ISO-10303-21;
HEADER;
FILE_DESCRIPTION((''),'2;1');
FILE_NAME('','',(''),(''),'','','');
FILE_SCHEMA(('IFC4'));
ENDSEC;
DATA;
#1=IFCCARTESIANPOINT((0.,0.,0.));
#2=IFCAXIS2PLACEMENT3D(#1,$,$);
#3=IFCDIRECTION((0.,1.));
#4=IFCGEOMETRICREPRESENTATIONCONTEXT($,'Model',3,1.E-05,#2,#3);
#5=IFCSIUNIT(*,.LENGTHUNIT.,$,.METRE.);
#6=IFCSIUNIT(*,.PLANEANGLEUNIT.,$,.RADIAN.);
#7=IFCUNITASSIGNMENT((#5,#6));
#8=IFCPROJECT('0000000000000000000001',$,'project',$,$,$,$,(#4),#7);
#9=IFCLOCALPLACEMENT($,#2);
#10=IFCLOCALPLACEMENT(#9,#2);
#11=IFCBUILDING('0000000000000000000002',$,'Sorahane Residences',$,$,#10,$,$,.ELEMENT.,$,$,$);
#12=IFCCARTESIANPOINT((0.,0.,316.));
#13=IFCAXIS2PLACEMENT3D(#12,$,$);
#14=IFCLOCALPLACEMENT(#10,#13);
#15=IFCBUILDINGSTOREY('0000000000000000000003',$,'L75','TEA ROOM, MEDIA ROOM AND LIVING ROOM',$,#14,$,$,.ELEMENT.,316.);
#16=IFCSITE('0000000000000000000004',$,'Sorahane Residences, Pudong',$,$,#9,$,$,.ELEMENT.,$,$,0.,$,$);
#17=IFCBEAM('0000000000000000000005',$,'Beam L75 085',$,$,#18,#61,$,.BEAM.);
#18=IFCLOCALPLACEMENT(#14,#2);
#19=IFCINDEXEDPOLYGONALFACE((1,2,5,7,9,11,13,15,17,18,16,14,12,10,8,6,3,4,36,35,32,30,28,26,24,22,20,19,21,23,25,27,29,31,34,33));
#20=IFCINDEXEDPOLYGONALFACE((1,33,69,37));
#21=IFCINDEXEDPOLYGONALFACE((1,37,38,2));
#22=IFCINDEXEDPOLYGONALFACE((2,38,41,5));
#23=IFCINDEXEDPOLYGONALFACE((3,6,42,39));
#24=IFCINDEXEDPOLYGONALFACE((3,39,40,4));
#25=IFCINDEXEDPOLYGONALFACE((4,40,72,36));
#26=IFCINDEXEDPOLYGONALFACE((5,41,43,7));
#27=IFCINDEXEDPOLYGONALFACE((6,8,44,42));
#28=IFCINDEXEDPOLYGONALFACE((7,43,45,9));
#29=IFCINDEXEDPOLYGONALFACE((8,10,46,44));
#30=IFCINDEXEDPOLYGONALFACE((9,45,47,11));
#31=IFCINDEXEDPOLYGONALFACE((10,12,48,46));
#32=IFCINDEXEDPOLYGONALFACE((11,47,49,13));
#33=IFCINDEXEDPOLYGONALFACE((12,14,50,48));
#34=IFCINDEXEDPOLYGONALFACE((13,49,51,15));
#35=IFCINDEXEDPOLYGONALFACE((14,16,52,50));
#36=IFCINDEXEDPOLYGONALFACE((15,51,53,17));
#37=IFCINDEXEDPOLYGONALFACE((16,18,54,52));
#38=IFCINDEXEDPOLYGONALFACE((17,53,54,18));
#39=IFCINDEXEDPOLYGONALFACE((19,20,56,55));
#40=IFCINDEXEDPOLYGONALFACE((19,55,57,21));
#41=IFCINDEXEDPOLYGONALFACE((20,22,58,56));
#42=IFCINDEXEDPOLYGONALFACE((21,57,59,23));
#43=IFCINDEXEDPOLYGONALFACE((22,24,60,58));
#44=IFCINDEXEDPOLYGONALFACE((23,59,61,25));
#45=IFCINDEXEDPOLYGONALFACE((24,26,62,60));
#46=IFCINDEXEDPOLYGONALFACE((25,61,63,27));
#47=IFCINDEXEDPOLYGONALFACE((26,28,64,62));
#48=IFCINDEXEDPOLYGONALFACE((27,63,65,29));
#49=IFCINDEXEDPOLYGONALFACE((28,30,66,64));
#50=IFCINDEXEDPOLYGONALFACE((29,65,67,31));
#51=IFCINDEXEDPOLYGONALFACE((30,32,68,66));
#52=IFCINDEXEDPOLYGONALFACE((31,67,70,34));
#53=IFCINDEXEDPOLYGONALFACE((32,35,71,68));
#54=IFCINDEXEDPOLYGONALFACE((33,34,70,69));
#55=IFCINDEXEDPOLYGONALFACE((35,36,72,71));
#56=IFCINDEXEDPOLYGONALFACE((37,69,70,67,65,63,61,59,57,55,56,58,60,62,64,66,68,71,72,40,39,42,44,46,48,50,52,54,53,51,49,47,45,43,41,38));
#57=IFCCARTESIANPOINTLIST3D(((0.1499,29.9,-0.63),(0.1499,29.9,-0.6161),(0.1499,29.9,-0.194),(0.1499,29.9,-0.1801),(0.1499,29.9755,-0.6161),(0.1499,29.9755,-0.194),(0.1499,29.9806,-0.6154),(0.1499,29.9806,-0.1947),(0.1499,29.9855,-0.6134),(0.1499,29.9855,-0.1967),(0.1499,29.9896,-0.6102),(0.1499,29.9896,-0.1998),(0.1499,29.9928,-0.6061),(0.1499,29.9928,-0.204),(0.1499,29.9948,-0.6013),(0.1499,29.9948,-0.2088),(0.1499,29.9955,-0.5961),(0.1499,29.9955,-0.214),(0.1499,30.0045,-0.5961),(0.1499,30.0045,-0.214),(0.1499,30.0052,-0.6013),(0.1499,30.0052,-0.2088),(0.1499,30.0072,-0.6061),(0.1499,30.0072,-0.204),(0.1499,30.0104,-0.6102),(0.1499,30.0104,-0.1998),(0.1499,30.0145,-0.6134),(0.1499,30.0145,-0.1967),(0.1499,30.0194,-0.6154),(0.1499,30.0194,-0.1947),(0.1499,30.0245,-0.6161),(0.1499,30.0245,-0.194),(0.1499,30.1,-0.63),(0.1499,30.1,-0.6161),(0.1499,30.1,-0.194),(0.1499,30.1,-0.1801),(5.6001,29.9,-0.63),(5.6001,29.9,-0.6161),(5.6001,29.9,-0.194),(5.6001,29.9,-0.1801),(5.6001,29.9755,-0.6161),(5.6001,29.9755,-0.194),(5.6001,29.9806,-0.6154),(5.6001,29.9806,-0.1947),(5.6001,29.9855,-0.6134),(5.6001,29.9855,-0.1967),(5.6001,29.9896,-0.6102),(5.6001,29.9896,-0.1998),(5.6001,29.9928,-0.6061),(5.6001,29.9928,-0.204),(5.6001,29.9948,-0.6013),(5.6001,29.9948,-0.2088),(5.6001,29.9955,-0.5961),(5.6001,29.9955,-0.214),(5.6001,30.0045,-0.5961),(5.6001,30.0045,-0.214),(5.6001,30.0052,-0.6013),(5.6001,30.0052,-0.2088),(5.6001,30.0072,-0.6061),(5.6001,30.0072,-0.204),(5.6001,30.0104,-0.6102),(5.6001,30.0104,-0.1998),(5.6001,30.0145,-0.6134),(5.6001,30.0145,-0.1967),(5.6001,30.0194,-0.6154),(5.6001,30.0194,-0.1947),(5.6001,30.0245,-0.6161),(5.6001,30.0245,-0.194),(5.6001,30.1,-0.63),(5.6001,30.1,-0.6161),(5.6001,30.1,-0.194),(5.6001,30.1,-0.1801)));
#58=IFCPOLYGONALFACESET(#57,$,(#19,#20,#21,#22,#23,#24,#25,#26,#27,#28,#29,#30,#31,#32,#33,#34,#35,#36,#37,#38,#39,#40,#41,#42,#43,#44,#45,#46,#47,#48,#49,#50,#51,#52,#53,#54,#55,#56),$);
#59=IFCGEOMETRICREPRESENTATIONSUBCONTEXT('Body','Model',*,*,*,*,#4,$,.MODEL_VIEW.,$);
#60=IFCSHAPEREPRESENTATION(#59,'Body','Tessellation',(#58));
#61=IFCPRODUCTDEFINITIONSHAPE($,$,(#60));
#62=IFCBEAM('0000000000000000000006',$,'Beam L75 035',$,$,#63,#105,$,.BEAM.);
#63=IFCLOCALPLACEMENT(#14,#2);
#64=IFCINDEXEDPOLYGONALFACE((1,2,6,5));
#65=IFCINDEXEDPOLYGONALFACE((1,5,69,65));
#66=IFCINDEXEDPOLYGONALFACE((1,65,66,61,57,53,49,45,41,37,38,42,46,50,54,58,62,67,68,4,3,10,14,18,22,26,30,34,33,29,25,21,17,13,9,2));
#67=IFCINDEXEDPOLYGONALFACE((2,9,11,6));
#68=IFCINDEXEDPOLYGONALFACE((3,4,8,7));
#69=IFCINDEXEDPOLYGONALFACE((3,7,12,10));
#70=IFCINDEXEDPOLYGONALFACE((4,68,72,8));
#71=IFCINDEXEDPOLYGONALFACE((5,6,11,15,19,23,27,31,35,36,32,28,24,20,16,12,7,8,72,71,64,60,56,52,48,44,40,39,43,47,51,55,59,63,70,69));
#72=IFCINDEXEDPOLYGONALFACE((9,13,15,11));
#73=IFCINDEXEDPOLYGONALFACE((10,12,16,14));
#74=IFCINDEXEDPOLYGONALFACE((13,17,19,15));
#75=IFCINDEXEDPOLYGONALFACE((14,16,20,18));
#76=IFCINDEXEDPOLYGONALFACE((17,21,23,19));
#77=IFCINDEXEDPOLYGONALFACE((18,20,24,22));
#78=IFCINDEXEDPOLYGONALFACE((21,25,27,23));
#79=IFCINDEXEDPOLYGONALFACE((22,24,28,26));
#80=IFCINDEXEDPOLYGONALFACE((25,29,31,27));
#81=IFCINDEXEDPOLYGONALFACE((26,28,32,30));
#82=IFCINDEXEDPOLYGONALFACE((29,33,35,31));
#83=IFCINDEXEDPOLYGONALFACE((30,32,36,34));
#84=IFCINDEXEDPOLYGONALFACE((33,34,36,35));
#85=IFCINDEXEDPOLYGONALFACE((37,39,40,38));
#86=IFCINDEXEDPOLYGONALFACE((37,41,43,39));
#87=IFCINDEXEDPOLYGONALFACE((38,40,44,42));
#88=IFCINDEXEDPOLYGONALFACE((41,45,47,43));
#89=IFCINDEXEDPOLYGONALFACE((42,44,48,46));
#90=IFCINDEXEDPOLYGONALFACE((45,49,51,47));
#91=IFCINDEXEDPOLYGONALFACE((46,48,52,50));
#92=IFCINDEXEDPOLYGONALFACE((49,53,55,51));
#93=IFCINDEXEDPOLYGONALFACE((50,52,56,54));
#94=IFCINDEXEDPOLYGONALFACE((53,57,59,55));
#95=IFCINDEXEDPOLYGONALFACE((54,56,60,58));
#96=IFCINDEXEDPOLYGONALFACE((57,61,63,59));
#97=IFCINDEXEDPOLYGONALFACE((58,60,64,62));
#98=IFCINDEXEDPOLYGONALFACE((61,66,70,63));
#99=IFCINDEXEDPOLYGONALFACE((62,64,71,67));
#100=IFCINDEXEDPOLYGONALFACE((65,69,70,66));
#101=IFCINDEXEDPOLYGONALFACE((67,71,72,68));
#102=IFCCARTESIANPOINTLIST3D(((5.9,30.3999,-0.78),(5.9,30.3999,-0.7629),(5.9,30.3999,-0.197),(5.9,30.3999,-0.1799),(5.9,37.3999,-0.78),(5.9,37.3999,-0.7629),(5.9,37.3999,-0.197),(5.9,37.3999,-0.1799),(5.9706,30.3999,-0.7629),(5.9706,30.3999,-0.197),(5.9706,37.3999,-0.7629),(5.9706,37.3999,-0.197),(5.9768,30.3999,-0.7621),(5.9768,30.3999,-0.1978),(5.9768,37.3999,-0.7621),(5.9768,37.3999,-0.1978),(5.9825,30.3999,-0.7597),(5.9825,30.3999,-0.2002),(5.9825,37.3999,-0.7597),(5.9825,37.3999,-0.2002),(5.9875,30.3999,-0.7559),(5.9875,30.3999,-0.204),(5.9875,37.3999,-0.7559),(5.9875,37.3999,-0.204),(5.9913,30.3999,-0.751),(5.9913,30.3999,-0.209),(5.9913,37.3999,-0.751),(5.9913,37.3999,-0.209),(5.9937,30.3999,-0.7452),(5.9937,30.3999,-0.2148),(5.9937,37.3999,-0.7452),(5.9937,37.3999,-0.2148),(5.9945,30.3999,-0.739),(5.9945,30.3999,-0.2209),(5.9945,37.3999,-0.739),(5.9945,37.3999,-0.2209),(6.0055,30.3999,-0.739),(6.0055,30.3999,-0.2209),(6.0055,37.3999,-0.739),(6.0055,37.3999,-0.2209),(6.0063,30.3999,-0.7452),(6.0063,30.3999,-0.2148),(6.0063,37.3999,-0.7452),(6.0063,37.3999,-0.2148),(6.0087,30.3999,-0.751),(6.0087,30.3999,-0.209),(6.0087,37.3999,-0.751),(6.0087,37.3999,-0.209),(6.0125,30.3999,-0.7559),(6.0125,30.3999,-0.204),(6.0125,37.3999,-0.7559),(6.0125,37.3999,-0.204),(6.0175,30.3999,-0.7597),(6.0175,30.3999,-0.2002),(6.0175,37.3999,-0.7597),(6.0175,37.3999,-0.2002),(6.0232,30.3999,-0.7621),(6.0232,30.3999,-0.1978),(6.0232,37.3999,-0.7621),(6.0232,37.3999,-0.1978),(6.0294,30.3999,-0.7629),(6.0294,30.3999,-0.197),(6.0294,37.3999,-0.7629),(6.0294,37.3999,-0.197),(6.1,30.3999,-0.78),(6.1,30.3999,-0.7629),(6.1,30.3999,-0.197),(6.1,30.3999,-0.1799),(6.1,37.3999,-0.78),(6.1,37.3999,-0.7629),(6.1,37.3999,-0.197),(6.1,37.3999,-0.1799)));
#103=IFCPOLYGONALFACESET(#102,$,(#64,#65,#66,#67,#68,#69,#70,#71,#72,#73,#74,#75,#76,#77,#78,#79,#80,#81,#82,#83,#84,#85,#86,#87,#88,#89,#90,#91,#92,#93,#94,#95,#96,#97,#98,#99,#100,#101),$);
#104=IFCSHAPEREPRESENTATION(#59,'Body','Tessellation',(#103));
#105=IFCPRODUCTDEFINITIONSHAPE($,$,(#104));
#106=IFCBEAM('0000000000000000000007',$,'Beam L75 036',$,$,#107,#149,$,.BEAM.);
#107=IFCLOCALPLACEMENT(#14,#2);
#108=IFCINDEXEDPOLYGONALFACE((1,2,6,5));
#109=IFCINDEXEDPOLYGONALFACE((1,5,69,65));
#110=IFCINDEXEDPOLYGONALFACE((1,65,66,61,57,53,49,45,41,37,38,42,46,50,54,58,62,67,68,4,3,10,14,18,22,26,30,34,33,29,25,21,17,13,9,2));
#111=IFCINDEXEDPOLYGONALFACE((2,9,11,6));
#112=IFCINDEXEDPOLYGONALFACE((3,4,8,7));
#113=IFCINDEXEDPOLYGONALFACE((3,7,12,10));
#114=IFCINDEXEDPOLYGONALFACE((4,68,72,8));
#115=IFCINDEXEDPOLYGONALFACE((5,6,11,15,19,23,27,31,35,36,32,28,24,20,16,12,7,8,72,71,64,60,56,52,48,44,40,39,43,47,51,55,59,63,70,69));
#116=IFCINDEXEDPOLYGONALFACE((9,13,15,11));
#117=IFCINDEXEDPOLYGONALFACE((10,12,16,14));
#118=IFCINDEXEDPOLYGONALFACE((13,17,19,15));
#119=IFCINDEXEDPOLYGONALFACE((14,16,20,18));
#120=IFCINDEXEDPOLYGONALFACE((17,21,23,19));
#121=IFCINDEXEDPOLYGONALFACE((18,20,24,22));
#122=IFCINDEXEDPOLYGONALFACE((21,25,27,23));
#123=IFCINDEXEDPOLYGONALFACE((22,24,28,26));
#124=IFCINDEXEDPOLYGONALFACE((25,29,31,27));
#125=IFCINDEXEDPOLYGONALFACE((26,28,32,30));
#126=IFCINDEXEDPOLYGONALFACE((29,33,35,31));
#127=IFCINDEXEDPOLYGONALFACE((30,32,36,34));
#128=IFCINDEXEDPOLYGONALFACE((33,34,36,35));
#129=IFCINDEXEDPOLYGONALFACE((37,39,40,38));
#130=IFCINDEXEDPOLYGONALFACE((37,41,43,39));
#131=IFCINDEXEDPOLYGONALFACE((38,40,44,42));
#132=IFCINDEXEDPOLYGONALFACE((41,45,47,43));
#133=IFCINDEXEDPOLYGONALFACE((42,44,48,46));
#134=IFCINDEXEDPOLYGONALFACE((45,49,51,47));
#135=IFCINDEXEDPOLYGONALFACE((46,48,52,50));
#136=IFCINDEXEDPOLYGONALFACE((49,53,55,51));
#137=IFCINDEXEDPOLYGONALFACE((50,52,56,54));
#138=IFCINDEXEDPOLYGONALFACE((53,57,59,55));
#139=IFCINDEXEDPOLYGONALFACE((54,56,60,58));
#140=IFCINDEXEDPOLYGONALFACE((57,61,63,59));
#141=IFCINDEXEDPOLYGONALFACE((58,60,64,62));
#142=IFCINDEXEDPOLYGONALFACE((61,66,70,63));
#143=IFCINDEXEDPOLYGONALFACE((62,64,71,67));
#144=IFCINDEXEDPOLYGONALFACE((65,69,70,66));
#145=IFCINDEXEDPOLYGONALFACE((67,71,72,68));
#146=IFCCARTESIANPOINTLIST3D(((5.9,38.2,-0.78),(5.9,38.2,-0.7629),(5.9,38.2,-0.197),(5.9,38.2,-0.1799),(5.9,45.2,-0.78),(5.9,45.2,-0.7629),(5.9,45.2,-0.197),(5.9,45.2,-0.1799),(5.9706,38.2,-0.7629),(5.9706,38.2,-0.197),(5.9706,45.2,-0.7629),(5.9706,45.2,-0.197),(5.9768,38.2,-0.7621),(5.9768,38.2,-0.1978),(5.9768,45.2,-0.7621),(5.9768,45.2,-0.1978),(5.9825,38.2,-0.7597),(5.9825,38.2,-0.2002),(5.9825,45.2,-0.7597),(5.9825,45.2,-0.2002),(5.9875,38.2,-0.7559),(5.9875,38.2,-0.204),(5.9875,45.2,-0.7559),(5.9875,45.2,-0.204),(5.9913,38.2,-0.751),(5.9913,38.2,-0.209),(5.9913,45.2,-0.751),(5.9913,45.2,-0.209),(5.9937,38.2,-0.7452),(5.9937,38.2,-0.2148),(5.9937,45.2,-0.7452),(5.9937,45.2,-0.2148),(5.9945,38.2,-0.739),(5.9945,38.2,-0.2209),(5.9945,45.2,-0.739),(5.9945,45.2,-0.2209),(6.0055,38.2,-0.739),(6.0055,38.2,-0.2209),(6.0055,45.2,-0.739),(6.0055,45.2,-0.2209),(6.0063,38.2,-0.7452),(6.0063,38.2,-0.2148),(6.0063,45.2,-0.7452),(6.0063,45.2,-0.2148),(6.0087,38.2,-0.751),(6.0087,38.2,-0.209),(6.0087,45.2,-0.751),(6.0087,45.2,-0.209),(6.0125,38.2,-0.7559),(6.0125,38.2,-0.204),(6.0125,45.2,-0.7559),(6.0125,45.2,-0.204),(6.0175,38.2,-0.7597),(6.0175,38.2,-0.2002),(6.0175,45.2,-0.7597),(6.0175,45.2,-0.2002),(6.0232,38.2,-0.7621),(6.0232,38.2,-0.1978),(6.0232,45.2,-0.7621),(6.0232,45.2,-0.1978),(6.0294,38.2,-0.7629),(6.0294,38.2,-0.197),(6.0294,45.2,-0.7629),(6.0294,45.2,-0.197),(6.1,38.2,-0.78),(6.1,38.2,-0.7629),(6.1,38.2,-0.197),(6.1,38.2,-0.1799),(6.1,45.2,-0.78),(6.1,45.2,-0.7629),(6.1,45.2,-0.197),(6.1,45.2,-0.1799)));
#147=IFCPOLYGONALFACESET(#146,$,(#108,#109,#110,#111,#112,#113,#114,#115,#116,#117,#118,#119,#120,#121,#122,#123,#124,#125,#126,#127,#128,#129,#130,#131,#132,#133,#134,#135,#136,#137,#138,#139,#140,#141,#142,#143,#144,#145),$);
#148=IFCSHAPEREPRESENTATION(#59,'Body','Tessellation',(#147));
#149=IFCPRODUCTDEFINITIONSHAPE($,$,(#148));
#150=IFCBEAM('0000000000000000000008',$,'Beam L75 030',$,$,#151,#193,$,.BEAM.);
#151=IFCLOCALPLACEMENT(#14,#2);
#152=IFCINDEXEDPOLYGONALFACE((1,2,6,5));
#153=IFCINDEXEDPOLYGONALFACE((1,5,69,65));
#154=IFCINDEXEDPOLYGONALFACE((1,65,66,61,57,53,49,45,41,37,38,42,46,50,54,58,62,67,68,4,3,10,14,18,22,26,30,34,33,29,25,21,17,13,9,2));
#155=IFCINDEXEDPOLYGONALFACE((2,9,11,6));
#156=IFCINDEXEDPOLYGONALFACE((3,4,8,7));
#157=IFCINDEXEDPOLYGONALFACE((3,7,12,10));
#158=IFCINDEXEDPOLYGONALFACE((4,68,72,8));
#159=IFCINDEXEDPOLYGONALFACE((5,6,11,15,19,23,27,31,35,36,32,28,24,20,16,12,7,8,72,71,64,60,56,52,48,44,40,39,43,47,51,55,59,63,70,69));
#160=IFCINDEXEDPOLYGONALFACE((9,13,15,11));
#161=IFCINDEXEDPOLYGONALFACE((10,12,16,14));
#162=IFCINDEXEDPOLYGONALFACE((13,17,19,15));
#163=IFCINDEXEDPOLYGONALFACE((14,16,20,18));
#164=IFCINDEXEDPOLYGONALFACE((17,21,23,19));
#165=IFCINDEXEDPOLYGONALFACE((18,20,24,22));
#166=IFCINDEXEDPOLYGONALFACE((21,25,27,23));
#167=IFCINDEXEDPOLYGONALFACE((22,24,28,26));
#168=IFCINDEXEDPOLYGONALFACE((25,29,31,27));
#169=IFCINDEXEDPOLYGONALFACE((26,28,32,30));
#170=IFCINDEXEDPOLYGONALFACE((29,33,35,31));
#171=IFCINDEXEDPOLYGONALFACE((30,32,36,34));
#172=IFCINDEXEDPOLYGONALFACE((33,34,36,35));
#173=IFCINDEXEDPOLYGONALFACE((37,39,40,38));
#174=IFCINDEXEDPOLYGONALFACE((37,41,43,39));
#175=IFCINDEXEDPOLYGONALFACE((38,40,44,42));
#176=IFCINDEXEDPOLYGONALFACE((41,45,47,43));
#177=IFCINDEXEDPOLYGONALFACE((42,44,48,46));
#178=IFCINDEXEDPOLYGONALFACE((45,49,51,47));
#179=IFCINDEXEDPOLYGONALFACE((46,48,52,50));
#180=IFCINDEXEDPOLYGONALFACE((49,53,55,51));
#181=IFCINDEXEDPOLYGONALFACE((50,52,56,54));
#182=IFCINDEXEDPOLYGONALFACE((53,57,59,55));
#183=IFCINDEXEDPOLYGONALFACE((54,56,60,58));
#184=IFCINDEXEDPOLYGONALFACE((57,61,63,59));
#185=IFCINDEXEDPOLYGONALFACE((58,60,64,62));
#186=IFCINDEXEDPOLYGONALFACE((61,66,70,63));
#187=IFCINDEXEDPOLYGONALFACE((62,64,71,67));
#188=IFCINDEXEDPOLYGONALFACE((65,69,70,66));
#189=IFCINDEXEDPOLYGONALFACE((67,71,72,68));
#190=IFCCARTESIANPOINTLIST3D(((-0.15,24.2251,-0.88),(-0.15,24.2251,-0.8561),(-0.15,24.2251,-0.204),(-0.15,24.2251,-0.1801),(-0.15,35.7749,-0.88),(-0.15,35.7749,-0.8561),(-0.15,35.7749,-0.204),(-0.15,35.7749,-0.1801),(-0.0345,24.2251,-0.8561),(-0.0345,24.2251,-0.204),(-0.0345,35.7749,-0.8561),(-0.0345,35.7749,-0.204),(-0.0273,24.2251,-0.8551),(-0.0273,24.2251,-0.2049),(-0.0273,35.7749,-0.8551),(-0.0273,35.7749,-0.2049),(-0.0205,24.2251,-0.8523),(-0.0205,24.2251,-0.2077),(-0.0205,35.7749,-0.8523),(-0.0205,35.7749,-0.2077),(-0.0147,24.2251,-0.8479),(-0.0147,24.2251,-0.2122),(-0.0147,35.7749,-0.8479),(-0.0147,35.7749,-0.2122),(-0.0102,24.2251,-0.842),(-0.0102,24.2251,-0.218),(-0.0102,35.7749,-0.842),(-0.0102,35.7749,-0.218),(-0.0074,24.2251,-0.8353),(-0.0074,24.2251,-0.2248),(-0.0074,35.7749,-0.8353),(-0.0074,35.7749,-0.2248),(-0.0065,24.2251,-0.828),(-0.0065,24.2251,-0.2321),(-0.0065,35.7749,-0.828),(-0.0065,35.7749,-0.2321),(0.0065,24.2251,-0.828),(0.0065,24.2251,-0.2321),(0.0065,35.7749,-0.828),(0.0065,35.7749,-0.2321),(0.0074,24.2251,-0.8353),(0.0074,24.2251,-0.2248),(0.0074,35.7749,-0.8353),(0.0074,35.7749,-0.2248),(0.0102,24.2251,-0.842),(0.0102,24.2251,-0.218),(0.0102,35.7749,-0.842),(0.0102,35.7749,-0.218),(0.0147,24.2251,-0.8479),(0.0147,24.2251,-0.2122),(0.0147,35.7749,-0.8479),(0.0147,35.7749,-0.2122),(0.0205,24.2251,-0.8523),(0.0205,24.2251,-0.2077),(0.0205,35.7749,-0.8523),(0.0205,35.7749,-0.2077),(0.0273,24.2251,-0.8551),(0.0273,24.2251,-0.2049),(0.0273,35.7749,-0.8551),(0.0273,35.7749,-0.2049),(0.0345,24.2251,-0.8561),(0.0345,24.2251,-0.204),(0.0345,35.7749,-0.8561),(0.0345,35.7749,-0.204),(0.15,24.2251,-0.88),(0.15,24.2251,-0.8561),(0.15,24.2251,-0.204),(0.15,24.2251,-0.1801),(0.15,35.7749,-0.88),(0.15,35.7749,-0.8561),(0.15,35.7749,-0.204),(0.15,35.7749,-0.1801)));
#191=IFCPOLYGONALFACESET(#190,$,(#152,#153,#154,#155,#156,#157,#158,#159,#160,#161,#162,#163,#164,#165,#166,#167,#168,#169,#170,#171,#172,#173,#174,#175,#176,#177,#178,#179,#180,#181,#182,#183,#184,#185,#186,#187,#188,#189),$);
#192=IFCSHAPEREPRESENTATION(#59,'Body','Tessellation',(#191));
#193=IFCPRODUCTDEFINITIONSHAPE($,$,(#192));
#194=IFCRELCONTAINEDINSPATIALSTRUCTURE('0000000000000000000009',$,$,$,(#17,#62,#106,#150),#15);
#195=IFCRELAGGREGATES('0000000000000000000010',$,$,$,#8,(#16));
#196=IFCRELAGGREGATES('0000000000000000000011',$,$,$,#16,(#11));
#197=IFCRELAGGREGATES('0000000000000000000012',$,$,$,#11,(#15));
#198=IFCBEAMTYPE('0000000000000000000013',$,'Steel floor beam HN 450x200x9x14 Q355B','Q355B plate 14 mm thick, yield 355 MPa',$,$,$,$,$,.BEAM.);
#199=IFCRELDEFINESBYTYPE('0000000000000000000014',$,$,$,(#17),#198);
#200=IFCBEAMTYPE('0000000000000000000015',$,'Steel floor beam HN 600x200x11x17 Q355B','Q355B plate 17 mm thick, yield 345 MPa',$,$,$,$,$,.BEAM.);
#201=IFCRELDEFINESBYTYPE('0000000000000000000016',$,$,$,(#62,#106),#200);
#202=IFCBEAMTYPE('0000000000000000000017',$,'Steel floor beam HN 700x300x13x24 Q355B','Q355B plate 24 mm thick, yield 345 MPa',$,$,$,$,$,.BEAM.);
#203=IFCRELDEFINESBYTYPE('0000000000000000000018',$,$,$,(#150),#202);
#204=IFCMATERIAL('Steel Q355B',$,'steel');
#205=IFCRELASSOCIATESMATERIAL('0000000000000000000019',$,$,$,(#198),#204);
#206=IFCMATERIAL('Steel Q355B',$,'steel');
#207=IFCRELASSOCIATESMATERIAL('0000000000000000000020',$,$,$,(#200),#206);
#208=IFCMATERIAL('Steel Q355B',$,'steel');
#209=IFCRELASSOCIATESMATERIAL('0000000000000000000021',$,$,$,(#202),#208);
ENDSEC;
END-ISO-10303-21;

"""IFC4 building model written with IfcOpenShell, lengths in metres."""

from ifc_helpers import new_model, si_unit, direction, frame, origin, origin_2d, place, context, subcontext, project, spatial, i_section, extrude, material, material_profile, profile_set, type_object, element, save


model = new_model("IFC4")

# Units and contexts
model_context = context("Model", 3, precision=1e-05, world=origin(), true_north=direction((0.0, 1.0)))
body_context = subcontext(model_context, "Body", "Model", "MODEL_VIEW")
ifc_project = project(units=[si_unit("LENGTHUNIT", "METRE"), si_unit("PLANEANGLEUNIT", "RADIAN")], contexts=[model_context])

# Site, building, storey
site_placement = place(None, origin())
site = spatial("IfcSite", under=ifc_project, at=site_placement, Name="Sorahane Residences, Pudong", CompositionType="ELEMENT", RefElevation=0.0)
building_placement = place(site_placement, origin())
building = spatial("IfcBuilding", under=site, at=building_placement, Name="Sorahane Residences", CompositionType="ELEMENT")
storey_placement = place(building_placement, frame((0.0, 0.0, 316.0)))
storey = spatial("IfcBuildingStorey", under=building, at=storey_placement, Name="L75", Description="TEA ROOM, MEDIA ROOM AND LIVING ROOM", CompositionType="ELEMENT", Elevation=316.0)

# Beams
ifc_material_1 = material(Name="Steel Q355B", Category="steel")
ifc_material_profile_1 = material_profile(ifc_material_1, i_section(OverallWidth=0.2, OverallDepth=0.45, WebThickness=0.009, FlangeThickness=0.0139, FilletRadius=0.02, at=origin_2d()), Name="HN 450x200x9x14")
ifc_profile_set_1 = profile_set([ifc_material_profile_1], Name="Steel Q355B")
beam_type_1 = type_object("IfcBeamType", Name="Steel floor beam HN 450x200x9x14 Q355B", Description="Q355B plate 14 mm thick, yield 355 MPa", PredefinedType="BEAM", material=ifc_profile_set_1)
beam_1_placement = place(storey_placement, frame((0.1499, 30.0, -0.405), z_axis=(1.0, 0.0, 0.0), x_axis=(0.0, 1.0, 0.0)))
element("IfcBeam", 1, at=beam_1_placement, inside=storey, type_object=beam_type_1, Name="Beam L75 085", PredefinedType="BEAM", context=body_context, shape_type="SweptSolid", body=[
    extrude(i_section(OverallWidth=0.2, OverallDepth=0.45, WebThickness=0.009, FlangeThickness=0.0139, FilletRadius=0.02, at=origin_2d()), origin(), (0.0, 0.0, 1.0), 5.4502),
])
ifc_material_2 = material(Name="Steel Q355B", Category="steel")
ifc_material_profile_2 = material_profile(ifc_material_2, i_section(OverallWidth=0.2, OverallDepth=0.6001, WebThickness=0.011, FlangeThickness=0.0171, FilletRadius=0.0239, at=origin_2d()), Name="HN 600x200x11x17")
ifc_profile_set_2 = profile_set([ifc_material_profile_2], Name="Steel Q355B")
beam_type_2 = type_object("IfcBeamType", Name="Steel floor beam HN 600x200x11x17 Q355B", Description="Q355B plate 17 mm thick, yield 345 MPa", PredefinedType="BEAM", material=ifc_profile_set_2)
for number, where, z_axis, x_axis, name in (
    (2, (6.0, 30.3999, -0.48), (0.0, 1.0, 0.0), (-1.0, 0.0, 0.0), "Beam L75 035"),
    (3, (6.0, 38.2, -0.48), (0.0, 1.0, 0.0), (-1.0, 0.0, 0.0), "Beam L75 036"),
):
    element("IfcBeam", number, at=place(storey_placement, frame(where, z_axis=z_axis, x_axis=x_axis)), inside=storey, type_object=beam_type_2, Name=name, PredefinedType="BEAM", context=body_context, shape_type="SweptSolid", body=[
        extrude(i_section(OverallWidth=0.2, OverallDepth=0.6001, WebThickness=0.011, FlangeThickness=0.0171, FilletRadius=0.0239, at=origin_2d()), origin(), (0.0, 0.0, 1.0), 7.0),
    ])
ifc_material_3 = material(Name="Steel Q355B", Category="steel")
ifc_material_profile_3 = material_profile(ifc_material_3, i_section(OverallWidth=0.3, OverallDepth=0.7, WebThickness=0.0129, FlangeThickness=0.0239, FilletRadius=0.0281, at=origin_2d()), Name="HN 700x300x13x24")
ifc_profile_set_3 = profile_set([ifc_material_profile_3], Name="Steel Q355B")
beam_type_3 = type_object("IfcBeamType", Name="Steel floor beam HN 700x300x13x24 Q355B", Description="Q355B plate 24 mm thick, yield 345 MPa", PredefinedType="BEAM", material=ifc_profile_set_3)
beam_2_placement = place(storey_placement, frame((0.0, 24.2251, -0.53), z_axis=(0.0, 1.0, 0.0), x_axis=(-1.0, 0.0, 0.0)))
element("IfcBeam", 4, at=beam_2_placement, inside=storey, type_object=beam_type_3, Name="Beam L75 030", PredefinedType="BEAM", context=body_context, shape_type="SweptSolid", body=[
    extrude(i_section(OverallWidth=0.3, OverallDepth=0.7, WebThickness=0.0129, FlangeThickness=0.0239, FilletRadius=0.0281, at=origin_2d()), origin(), (0.0, 0.0, 1.0), 11.5498),
])

save(model, "model.ifc")
